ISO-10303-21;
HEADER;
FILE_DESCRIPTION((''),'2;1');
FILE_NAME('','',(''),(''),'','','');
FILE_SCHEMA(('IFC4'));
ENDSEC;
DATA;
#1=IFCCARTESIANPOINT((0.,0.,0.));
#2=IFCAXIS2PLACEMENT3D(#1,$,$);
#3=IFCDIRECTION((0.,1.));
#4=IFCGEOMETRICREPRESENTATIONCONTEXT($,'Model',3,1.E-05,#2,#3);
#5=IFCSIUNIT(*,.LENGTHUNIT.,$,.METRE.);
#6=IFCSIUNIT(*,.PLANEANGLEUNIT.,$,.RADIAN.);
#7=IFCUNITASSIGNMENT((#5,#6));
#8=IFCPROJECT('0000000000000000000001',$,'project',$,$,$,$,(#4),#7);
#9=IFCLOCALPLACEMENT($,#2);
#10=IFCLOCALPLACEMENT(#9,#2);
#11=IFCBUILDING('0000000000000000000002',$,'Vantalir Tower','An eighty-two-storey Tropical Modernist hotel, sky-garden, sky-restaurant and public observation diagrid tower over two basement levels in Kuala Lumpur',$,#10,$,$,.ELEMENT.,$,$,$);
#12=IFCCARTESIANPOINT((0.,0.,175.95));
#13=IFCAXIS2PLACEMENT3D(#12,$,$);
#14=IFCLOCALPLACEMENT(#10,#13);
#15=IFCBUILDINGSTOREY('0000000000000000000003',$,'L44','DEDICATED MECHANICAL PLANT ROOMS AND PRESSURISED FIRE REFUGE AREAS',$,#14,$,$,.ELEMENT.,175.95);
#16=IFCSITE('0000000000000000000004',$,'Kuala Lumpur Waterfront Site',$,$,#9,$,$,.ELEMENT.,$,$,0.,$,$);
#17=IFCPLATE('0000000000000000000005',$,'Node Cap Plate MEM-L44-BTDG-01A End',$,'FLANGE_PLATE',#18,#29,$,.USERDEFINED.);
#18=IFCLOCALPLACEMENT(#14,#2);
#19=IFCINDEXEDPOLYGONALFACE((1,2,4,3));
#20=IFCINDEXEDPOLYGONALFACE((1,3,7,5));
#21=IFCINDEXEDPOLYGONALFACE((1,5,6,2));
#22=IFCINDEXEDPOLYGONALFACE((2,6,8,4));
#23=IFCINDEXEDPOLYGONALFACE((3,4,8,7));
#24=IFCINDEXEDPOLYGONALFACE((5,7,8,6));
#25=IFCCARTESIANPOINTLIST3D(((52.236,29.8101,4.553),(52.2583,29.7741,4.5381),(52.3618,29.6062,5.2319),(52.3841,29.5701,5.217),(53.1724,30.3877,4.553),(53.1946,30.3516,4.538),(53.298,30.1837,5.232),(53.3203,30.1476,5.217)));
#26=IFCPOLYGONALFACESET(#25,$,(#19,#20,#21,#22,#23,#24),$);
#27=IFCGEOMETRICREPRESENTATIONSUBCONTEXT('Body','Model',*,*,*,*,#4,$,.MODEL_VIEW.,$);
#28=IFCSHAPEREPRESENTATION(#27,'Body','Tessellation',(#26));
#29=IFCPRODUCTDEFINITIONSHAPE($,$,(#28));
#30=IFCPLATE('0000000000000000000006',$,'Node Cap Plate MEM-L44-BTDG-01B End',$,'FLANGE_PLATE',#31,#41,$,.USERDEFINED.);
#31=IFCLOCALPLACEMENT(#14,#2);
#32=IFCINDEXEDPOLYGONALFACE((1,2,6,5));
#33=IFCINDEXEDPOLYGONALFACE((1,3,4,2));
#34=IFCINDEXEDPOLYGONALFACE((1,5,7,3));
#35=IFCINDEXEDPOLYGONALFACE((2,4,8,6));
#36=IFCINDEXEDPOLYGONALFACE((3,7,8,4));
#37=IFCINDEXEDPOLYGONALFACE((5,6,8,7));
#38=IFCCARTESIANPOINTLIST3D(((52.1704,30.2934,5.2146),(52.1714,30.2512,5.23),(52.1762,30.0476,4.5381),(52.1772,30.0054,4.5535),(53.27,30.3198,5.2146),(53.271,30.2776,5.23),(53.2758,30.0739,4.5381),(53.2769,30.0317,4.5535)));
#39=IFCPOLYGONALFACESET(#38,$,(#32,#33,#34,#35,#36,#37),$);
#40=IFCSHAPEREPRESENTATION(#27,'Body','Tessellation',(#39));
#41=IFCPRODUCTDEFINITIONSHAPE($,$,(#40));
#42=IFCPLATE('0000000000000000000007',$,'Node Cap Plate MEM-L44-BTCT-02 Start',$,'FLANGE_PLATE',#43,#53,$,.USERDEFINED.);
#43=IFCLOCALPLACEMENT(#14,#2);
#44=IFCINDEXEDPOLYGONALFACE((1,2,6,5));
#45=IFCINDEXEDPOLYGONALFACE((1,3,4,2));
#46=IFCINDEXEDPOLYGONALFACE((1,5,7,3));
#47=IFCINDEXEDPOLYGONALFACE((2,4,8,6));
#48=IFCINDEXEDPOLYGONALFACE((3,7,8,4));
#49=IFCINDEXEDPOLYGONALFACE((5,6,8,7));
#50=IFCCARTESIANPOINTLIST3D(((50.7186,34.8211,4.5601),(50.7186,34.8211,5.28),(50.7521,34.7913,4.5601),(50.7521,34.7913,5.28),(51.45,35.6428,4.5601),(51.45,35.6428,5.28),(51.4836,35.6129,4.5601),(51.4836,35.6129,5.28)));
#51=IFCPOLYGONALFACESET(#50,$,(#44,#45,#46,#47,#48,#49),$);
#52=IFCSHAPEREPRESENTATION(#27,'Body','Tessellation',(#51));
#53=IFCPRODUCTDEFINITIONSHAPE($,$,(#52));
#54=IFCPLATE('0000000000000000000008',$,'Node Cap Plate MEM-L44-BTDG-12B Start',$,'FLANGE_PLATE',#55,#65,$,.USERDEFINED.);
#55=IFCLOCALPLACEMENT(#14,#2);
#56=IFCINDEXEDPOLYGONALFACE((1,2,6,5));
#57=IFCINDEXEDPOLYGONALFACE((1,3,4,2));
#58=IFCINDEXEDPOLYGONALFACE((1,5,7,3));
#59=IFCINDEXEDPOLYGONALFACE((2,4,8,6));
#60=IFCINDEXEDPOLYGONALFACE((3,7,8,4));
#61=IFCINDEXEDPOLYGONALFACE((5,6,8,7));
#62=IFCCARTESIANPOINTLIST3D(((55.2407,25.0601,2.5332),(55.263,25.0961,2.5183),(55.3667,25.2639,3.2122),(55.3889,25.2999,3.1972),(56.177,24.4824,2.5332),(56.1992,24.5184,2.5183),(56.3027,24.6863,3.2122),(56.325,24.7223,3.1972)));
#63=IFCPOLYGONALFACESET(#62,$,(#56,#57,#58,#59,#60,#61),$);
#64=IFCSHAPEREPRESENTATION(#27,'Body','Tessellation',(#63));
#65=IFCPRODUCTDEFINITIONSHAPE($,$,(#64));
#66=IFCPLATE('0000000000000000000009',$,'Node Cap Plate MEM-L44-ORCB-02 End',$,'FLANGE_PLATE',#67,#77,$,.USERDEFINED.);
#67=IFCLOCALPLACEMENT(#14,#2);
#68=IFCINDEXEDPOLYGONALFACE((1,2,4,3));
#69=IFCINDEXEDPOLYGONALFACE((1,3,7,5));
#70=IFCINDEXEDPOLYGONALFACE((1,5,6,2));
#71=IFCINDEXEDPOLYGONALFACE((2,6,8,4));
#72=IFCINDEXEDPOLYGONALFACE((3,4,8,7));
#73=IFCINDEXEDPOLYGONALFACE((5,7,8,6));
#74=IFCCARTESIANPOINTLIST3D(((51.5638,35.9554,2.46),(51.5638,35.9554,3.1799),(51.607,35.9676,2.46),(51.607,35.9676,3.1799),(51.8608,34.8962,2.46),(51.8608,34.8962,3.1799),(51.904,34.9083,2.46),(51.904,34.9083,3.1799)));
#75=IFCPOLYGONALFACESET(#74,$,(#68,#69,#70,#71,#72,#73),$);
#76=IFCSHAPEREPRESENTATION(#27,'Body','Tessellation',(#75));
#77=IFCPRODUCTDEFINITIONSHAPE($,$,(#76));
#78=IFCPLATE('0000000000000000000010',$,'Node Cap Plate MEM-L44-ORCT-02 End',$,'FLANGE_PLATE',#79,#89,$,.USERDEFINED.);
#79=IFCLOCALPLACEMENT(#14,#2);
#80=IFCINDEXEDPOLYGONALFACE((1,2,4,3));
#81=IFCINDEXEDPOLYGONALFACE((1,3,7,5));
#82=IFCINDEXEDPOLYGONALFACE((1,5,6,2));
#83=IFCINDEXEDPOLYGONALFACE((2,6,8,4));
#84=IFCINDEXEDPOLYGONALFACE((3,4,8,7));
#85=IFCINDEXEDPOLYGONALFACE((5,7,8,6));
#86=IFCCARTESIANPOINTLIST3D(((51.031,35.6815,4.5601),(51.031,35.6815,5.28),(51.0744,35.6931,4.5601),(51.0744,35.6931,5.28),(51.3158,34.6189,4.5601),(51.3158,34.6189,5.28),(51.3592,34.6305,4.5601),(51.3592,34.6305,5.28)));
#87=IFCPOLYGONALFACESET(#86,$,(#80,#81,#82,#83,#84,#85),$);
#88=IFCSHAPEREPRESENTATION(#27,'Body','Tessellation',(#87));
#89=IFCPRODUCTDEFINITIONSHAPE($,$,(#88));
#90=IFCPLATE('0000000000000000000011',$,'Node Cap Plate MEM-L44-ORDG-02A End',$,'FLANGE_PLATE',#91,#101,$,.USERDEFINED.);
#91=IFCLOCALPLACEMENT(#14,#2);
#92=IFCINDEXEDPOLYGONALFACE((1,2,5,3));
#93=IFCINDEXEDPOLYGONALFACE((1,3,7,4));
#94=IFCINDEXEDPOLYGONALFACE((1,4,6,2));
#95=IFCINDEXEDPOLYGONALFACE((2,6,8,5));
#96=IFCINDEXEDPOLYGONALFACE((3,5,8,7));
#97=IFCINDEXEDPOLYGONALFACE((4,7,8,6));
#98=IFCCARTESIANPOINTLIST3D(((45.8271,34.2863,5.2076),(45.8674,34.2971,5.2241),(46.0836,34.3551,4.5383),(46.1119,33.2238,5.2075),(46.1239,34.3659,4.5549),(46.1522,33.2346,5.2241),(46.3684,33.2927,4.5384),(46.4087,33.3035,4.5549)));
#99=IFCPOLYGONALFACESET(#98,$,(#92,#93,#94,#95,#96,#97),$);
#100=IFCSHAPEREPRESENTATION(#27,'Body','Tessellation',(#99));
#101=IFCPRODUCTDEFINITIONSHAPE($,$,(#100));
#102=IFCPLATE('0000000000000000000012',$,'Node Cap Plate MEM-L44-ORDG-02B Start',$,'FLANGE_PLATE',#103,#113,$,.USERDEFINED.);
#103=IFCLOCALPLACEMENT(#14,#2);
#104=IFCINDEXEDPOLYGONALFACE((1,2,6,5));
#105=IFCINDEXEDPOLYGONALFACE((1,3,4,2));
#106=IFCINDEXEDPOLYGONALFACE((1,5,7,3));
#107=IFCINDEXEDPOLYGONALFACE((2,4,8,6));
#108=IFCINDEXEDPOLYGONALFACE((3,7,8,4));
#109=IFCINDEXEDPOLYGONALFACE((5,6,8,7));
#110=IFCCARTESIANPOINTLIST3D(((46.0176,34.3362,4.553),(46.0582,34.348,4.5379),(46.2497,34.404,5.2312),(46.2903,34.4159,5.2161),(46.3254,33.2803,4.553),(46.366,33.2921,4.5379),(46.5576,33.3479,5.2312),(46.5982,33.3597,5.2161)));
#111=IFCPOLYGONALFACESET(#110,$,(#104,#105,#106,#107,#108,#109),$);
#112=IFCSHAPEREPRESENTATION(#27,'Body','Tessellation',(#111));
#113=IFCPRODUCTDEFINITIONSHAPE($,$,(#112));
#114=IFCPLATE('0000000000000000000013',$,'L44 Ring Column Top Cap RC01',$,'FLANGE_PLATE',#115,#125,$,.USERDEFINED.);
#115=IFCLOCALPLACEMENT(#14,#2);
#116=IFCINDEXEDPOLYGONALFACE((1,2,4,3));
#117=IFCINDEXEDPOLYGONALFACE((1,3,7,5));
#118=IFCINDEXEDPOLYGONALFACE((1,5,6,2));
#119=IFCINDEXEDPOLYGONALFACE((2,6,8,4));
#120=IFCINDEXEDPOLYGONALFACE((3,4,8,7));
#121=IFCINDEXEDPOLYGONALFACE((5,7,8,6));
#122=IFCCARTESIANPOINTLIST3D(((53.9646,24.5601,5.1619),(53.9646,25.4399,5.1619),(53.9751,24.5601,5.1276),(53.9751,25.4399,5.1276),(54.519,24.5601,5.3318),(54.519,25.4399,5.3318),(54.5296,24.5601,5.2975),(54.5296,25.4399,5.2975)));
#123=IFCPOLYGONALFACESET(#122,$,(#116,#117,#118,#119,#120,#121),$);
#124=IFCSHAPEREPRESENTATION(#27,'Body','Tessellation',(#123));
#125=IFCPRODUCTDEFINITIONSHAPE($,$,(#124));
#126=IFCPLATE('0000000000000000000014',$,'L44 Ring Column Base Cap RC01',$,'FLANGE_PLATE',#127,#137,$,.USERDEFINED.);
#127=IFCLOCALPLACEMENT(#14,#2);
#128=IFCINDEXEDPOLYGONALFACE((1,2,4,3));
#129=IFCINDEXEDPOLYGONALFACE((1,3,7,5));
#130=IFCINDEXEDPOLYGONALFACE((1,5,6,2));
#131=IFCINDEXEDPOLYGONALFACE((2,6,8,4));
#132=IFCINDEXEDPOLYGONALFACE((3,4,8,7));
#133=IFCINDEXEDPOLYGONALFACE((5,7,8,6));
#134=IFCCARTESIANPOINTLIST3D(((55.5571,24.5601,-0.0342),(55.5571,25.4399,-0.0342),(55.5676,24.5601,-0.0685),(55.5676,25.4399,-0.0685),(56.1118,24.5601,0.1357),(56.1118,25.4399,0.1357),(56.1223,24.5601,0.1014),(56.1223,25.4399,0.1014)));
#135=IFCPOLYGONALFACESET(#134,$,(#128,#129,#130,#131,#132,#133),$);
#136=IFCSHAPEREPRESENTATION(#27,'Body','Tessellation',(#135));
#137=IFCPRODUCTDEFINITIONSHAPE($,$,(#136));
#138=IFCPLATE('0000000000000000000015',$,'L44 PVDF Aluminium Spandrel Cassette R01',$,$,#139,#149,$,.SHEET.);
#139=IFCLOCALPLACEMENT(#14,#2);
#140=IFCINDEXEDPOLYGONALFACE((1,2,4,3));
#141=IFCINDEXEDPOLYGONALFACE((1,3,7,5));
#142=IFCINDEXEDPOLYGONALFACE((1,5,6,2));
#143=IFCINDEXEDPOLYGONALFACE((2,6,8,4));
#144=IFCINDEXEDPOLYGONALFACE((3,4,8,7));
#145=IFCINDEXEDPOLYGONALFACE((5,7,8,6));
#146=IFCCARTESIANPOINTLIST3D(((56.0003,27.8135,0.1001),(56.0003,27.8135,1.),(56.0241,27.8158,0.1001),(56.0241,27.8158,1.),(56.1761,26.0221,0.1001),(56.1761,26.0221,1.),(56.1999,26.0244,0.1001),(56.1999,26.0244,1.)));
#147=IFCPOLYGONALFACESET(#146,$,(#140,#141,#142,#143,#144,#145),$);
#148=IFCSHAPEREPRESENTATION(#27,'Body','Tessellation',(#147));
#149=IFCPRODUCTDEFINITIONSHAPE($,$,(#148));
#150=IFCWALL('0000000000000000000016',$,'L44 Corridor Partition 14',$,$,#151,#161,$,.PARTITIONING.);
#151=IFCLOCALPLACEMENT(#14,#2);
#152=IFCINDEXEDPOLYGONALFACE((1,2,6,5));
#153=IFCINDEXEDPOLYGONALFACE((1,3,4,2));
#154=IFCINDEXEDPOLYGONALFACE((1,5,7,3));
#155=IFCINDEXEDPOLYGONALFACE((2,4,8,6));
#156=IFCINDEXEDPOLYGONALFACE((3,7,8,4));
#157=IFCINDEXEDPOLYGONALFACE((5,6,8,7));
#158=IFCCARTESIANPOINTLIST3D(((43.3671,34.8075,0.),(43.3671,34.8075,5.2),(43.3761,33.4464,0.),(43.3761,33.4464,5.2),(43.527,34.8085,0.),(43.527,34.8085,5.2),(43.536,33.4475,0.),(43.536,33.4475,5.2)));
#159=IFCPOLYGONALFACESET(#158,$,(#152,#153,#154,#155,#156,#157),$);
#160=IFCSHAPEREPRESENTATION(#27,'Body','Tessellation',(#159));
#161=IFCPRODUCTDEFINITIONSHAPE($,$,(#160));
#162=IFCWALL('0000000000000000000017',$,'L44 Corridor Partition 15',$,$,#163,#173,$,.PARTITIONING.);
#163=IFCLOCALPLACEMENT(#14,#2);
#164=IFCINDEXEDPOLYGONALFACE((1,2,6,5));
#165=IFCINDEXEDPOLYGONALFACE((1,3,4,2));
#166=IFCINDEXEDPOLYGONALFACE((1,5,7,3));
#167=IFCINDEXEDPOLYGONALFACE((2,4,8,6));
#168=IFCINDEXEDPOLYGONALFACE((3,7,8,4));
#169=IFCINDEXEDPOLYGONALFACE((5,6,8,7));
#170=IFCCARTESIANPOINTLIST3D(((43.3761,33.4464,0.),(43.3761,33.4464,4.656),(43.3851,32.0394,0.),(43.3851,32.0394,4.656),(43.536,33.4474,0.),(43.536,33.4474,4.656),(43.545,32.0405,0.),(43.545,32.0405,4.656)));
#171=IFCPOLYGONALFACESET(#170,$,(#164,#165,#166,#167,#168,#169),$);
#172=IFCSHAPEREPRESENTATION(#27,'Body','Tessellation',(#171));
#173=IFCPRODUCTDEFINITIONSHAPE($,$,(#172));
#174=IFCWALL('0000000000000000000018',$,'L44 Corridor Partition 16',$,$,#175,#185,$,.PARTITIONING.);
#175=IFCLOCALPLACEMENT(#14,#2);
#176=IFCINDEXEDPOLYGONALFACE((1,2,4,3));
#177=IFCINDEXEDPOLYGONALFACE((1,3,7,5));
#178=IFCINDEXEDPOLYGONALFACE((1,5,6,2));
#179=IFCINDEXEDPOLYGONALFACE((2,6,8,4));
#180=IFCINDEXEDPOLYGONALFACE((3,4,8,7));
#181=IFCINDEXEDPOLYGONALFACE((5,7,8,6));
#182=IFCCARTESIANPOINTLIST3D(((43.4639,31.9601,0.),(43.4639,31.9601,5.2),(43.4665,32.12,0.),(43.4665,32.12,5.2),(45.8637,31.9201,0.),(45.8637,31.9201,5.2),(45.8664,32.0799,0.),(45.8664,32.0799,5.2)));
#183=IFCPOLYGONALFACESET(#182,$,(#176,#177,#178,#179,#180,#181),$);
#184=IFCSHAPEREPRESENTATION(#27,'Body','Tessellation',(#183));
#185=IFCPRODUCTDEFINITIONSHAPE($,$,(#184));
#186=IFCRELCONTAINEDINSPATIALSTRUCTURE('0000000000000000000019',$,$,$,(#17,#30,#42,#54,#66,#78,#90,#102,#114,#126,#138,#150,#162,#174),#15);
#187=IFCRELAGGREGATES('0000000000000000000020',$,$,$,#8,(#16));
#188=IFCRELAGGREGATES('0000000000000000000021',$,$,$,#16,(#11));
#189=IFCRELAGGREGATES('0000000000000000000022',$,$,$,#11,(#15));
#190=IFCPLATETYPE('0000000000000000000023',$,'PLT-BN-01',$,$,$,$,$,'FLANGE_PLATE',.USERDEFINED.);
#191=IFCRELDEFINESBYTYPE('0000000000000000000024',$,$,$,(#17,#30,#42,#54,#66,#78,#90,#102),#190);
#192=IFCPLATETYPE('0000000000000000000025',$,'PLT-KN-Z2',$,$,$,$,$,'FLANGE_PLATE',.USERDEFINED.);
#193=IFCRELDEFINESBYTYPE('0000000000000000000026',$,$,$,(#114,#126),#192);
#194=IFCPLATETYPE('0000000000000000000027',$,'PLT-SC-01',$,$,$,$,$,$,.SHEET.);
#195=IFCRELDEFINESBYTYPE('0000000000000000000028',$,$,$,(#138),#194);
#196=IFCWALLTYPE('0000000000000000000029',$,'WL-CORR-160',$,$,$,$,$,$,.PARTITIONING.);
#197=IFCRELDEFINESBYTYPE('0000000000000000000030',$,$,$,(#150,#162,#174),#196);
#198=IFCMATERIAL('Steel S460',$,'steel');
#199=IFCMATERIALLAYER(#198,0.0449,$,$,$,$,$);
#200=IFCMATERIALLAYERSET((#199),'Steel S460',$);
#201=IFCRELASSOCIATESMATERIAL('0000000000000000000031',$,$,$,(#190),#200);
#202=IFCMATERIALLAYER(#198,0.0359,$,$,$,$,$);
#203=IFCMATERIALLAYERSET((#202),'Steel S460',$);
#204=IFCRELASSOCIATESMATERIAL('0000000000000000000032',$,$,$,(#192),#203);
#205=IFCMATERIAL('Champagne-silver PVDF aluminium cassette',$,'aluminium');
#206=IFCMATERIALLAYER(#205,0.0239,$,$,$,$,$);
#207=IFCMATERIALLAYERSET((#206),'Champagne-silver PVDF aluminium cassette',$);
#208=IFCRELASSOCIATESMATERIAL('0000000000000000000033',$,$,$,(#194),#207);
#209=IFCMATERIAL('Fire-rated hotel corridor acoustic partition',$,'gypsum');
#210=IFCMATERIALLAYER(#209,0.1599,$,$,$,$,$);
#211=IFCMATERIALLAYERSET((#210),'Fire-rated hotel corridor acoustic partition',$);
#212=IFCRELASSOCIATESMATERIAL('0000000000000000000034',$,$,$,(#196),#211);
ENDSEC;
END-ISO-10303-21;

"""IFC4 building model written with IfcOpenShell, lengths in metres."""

from ifc_helpers import new_model, si_unit, direction, frame, frame_2d, origin, origin_2d, place, context, subcontext, project, spatial, polyline, rectangle, outline, extrude, material, layer, layer_set, type_object, element, save


model = new_model("IFC4")

# Units and contexts
model_context = context("Model", 3, precision=1e-05, world=origin(), true_north=direction((0.0, 1.0)))
body_context = subcontext(model_context, "Body", "Model", "MODEL_VIEW")
ifc_project = project(units=[si_unit("LENGTHUNIT", "METRE"), si_unit("PLANEANGLEUNIT", "RADIAN")], contexts=[model_context])

# Site, building, storey
site_placement = place(None, origin())
site = spatial("IfcSite", under=ifc_project, at=site_placement, Name="Kuala Lumpur Waterfront Site", CompositionType="ELEMENT", RefElevation=0.0)
building_placement = place(site_placement, origin())
building = spatial("IfcBuilding", under=site, at=building_placement, Name="Vantalir Tower", Description="An eighty-two-storey Tropical Modernist hotel, sky-garden, sky-restaurant and public observation diagrid tower over two basement levels in Kuala Lumpur", CompositionType="ELEMENT")
storey_placement = place(building_placement, frame((0.0, 0.0, 175.95)))
storey = spatial("IfcBuildingStorey", under=building, at=storey_placement, Name="L44", Description="DEDICATED MECHANICAL PLANT ROOMS AND PRESSURISED FIRE REFUGE AREAS", CompositionType="ELEMENT", Elevation=175.95)

# Shared definitions
ifc_material_1 = material(Name="Steel S460", Category="steel")

# Plates
ifc_layer_1 = layer(ifc_material_1, 0.0449)
ifc_layer_set_1 = layer_set([ifc_layer_1], Name="Steel S460")
plate_type_1 = type_object("IfcPlateType", Name="PLT-BN-01", ElementType="FLANGE_PLATE", PredefinedType="USERDEFINED", material=ifc_layer_set_1)
plate_1_placement = place(storey_placement, frame((53.1724, 30.3877, 4.553), z_axis=(-0.495057, 0.802597, 0.332802), x_axis=(-0.851108, -0.524991, 0.00003)))
element("IfcPlate", 1, at=plate_1_placement, inside=storey, type_object=plate_type_1, Name="Node Cap Plate MEM-L44-BTDG-01A End", ObjectType="FLANGE_PLATE", PredefinedType="USERDEFINED", context=body_context, shape_type="SweptSolid", body=[
    extrude(outline(polyline([(0.0, 0.0), (1.1001, 0.0), (1.1002, 0.72), (0.0002, 0.72), (0.0, 0.0)])), origin(), (0.0, 0.0, -1.0), 0.0449),
])
plate_2_placement = place(storey_placement, frame((52.1772, 30.0054, 4.5535), z_axis=(0.022529, -0.939562, 0.341638), x_axis=(0.999713, 0.023972, 0.0)))
element("IfcPlate", 2, at=plate_2_placement, inside=storey, type_object=plate_type_1, Name="Node Cap Plate MEM-L44-BTDG-01B End", ObjectType="FLANGE_PLATE", PredefinedType="USERDEFINED", context=body_context, shape_type="SweptSolid", body=[
    extrude(outline(polyline([(0.0, 0.0), (1.0999, 0.0), (1.1, 0.7198), (0.0, 0.7198), (0.0, 0.0)])), origin(), (0.0, 0.0, -1.0), 0.0449),
])
plate_3_placement = place(storey_placement, frame((51.1011, 35.217, 4.5601), z_axis=(0.0, 0.0, 1.0), x_axis=(-0.746905, 0.664931, 0.0)))
element("IfcPlate", 3, at=plate_3_placement, inside=storey, type_object=plate_type_1, Name="Node Cap Plate MEM-L44-BTCT-02 Start", ObjectType="FLANGE_PLATE", PredefinedType="USERDEFINED", context=body_context, shape_type="SweptSolid", body=[
    extrude(rectangle(XDim=0.0449, YDim=1.1001, at=origin_2d()), origin(), (0.0, 0.0, 1.0), 0.72),
])
plate_4_placement = place(storey_placement, frame((55.2407, 25.0601, 2.5332), z_axis=(-0.495188, -0.802536, 0.332753), x_axis=(0.851036, -0.525107, 0.000018)))
element("IfcPlate", 4, at=plate_4_placement, inside=storey, type_object=plate_type_1, Name="Node Cap Plate MEM-L44-BTDG-12B Start", ObjectType="FLANGE_PLATE", PredefinedType="USERDEFINED", context=body_context, shape_type="SweptSolid", body=[
    extrude(outline(polyline([(0.0, 0.0), (1.1001, 0.0), (1.1001, 0.72), (0.0002, 0.72), (0.0, 0.0)])), origin(), (0.0, 0.0, -1.0), 0.0449),
])
for number, where, z_axis, x_axis, name in (
    (5, (51.7339, 35.4319, 2.46), (0.0, 0.0, 1.0), (0.962866, 0.269979, 0.0), "Node Cap Plate MEM-L44-ORCB-02 End"),
    (6, (51.1951, 35.156, 4.5601), (0.0, 0.0, 1.0), (0.965912, 0.25887, 0.0), "Node Cap Plate MEM-L44-ORCT-02 End"),
):
    element("IfcPlate", number, at=place(storey_placement, frame(where, z_axis=z_axis, x_axis=x_axis)), inside=storey, type_object=plate_type_1, Name=name, ObjectType="FLANGE_PLATE", PredefinedType="USERDEFINED", context=body_context, shape_type="SweptSolid", body=[
        extrude(rectangle(XDim=0.0449, YDim=1.1001, at=origin_2d()), origin(), (0.0, 0.0, 1.0), 0.72),
    ])
plate_5_placement = place(storey_placement, frame((46.4087, 33.3035, 4.5549), z_axis=(0.8978, 0.240644, 0.368844), x_axis=(-0.258885, 0.965908, -0.000037)))
element("IfcPlate", 7, at=plate_5_placement, inside=storey, type_object=plate_type_1, Name="Node Cap Plate MEM-L44-ORDG-02A End", ObjectType="FLANGE_PLATE", PredefinedType="USERDEFINED", context=body_context, shape_type="SweptSolid", body=[
    extrude(outline(polyline([(0.0, 0.0), (1.1, 0.0), (1.0999, 0.72), (-0.0002, 0.7199), (0.0, 0.0)])), origin(), (0.0, 0.0, -1.0), 0.0449),
])
plate_6_placement = place(storey_placement, frame((46.0176, 34.3362, 4.553), z_axis=(-0.904259, -0.263616, 0.33589), x_axis=(0.27988, -0.960035, 0.00001)))
element("IfcPlate", 8, at=plate_6_placement, inside=storey, type_object=plate_type_1, Name="Node Cap Plate MEM-L44-ORDG-02B Start", ObjectType="FLANGE_PLATE", PredefinedType="USERDEFINED", context=body_context, shape_type="SweptSolid", body=[
    extrude(outline(polyline([(0.0, 0.0), (1.0999, 0.0), (1.0999, 0.72), (-0.0002, 0.7201), (0.0, 0.0)])), origin(), (0.0, 0.0, -1.0), 0.0449),
])
ifc_layer_2 = layer(ifc_material_1, 0.0359)
ifc_layer_set_2 = layer_set([ifc_layer_2], Name="Steel S460")
plate_type_2 = type_object("IfcPlateType", Name="PLT-KN-Z2", ElementType="FLANGE_PLATE", PredefinedType="USERDEFINED", material=ifc_layer_set_2)
plate_7_placement = place(storey_placement, frame((53.9646, 25.4399, 5.1619), z_axis=(-0.293021, 0.0, 0.956106), x_axis=(0.0, -1.0, 0.0)))
element("IfcPlate", 9, at=plate_7_placement, inside=storey, type_object=plate_type_2, Name="L44 Ring Column Top Cap RC01", ObjectType="FLANGE_PLATE", PredefinedType="USERDEFINED", context=body_context, shape_type="SweptSolid", body=[
    extrude(outline(polyline([(0.0, 0.0), (0.8799, 0.0), (0.8799, 0.5799), (0.0, 0.5799), (0.0, 0.0)])), origin(), (0.0, 0.0, -1.0), 0.0359),
])
plate_8_placement = place(storey_placement, frame((55.5571, 25.4399, -0.0342), z_axis=(-0.292903, 0.0, 0.956142), x_axis=(0.0, -1.0, 0.0)))
element("IfcPlate", 10, at=plate_8_placement, inside=storey, type_object=plate_type_2, Name="L44 Ring Column Base Cap RC01", ObjectType="FLANGE_PLATE", PredefinedType="USERDEFINED", context=body_context, shape_type="SweptSolid", body=[
    extrude(outline(polyline([(0.0, 0.0), (0.8799, 0.0), (0.8799, 0.5801), (0.0, 0.5801), (0.0, 0.0)])), origin(), (0.0, 0.0, -1.0), 0.0359),
])
ifc_material_2 = material(Name="Champagne-silver PVDF aluminium cassette", Category="aluminium")
ifc_layer_3 = layer(ifc_material_2, 0.0239)
ifc_layer_set_3 = layer_set([ifc_layer_3], Name="Champagne-silver PVDF aluminium cassette")
plate_type_3 = type_object("IfcPlateType", Name="PLT-SC-01", PredefinedType="SHEET", material=ifc_layer_set_3)
plate_9_placement = place(storey_placement, frame((56.1001, 26.9189, 0.1001), z_axis=(0.0, 0.0, 1.0), x_axis=(-0.097652, 0.995221, 0.0)))
element("IfcPlate", 11, at=plate_9_placement, inside=storey, type_object=plate_type_3, Name="L44 PVDF Aluminium Spandrel Cassette R01", PredefinedType="SHEET", context=body_context, shape_type="SweptSolid", body=[
    extrude(rectangle(XDim=1.8, YDim=0.0239, at=origin_2d()), origin(), (0.0, 0.0, 1.0), 0.8999),
])

# Walls
ifc_material_3 = material(Name="Fire-rated hotel corridor acoustic partition", Category="gypsum")
ifc_layer_4 = layer(ifc_material_3, 0.1599)
ifc_layer_set_4 = layer_set([ifc_layer_4], Name="Fire-rated hotel corridor acoustic partition")
wall_type_1 = type_object("IfcWallType", Name="WL-CORR-160", PredefinedType="PARTITIONING", material=ifc_layer_set_4)
wall_1_placement = place(storey_placement, frame((43.447, 34.8081, 0.0), z_axis=(0.0, 0.0, 1.0), x_axis=(0.006637, -0.999978, 0.0)))
element("IfcWall", 12, at=wall_1_placement, inside=storey, type_object=wall_type_1, Name="L44 Corridor Partition 14", PredefinedType="PARTITIONING", context=body_context, shape_type="SweptSolid", body=[
    extrude(rectangle(XDim=1.3611, YDim=0.1599, at=frame_2d((0.6807, 0.0))), origin(), (0.0, 0.0, 1.0), 5.2),
])
wall_2_placement = place(storey_placement, frame((43.4561, 33.447, 0.0), z_axis=(0.0, 0.0, 1.0), x_axis=(0.00642, -0.999979, 0.0)))
element("IfcWall", 13, at=wall_2_placement, inside=storey, type_object=wall_type_1, Name="L44 Corridor Partition 15", PredefinedType="PARTITIONING", context=body_context, shape_type="SweptSolid", body=[
    extrude(rectangle(XDim=1.407, YDim=0.1599, at=frame_2d((0.7036, 0.0))), origin(), (0.0, 0.0, 1.0), 4.656),
])
wall_3_placement = place(storey_placement, frame((43.4651, 32.04, 0.0), z_axis=(0.0, 0.0, 1.0), x_axis=(0.999861, -0.016681, 0.0)))
element("IfcWall", 14, at=wall_3_placement, inside=storey, type_object=wall_type_1, Name="L44 Corridor Partition 16", PredefinedType="PARTITIONING", context=body_context, shape_type="SweptSolid", body=[
    extrude(rectangle(XDim=2.4001, YDim=0.1599, at=frame_2d((1.2002, 0.0))), origin(), (0.0, 0.0, 1.0), 5.2),
])

save(model, "model.ifc")
